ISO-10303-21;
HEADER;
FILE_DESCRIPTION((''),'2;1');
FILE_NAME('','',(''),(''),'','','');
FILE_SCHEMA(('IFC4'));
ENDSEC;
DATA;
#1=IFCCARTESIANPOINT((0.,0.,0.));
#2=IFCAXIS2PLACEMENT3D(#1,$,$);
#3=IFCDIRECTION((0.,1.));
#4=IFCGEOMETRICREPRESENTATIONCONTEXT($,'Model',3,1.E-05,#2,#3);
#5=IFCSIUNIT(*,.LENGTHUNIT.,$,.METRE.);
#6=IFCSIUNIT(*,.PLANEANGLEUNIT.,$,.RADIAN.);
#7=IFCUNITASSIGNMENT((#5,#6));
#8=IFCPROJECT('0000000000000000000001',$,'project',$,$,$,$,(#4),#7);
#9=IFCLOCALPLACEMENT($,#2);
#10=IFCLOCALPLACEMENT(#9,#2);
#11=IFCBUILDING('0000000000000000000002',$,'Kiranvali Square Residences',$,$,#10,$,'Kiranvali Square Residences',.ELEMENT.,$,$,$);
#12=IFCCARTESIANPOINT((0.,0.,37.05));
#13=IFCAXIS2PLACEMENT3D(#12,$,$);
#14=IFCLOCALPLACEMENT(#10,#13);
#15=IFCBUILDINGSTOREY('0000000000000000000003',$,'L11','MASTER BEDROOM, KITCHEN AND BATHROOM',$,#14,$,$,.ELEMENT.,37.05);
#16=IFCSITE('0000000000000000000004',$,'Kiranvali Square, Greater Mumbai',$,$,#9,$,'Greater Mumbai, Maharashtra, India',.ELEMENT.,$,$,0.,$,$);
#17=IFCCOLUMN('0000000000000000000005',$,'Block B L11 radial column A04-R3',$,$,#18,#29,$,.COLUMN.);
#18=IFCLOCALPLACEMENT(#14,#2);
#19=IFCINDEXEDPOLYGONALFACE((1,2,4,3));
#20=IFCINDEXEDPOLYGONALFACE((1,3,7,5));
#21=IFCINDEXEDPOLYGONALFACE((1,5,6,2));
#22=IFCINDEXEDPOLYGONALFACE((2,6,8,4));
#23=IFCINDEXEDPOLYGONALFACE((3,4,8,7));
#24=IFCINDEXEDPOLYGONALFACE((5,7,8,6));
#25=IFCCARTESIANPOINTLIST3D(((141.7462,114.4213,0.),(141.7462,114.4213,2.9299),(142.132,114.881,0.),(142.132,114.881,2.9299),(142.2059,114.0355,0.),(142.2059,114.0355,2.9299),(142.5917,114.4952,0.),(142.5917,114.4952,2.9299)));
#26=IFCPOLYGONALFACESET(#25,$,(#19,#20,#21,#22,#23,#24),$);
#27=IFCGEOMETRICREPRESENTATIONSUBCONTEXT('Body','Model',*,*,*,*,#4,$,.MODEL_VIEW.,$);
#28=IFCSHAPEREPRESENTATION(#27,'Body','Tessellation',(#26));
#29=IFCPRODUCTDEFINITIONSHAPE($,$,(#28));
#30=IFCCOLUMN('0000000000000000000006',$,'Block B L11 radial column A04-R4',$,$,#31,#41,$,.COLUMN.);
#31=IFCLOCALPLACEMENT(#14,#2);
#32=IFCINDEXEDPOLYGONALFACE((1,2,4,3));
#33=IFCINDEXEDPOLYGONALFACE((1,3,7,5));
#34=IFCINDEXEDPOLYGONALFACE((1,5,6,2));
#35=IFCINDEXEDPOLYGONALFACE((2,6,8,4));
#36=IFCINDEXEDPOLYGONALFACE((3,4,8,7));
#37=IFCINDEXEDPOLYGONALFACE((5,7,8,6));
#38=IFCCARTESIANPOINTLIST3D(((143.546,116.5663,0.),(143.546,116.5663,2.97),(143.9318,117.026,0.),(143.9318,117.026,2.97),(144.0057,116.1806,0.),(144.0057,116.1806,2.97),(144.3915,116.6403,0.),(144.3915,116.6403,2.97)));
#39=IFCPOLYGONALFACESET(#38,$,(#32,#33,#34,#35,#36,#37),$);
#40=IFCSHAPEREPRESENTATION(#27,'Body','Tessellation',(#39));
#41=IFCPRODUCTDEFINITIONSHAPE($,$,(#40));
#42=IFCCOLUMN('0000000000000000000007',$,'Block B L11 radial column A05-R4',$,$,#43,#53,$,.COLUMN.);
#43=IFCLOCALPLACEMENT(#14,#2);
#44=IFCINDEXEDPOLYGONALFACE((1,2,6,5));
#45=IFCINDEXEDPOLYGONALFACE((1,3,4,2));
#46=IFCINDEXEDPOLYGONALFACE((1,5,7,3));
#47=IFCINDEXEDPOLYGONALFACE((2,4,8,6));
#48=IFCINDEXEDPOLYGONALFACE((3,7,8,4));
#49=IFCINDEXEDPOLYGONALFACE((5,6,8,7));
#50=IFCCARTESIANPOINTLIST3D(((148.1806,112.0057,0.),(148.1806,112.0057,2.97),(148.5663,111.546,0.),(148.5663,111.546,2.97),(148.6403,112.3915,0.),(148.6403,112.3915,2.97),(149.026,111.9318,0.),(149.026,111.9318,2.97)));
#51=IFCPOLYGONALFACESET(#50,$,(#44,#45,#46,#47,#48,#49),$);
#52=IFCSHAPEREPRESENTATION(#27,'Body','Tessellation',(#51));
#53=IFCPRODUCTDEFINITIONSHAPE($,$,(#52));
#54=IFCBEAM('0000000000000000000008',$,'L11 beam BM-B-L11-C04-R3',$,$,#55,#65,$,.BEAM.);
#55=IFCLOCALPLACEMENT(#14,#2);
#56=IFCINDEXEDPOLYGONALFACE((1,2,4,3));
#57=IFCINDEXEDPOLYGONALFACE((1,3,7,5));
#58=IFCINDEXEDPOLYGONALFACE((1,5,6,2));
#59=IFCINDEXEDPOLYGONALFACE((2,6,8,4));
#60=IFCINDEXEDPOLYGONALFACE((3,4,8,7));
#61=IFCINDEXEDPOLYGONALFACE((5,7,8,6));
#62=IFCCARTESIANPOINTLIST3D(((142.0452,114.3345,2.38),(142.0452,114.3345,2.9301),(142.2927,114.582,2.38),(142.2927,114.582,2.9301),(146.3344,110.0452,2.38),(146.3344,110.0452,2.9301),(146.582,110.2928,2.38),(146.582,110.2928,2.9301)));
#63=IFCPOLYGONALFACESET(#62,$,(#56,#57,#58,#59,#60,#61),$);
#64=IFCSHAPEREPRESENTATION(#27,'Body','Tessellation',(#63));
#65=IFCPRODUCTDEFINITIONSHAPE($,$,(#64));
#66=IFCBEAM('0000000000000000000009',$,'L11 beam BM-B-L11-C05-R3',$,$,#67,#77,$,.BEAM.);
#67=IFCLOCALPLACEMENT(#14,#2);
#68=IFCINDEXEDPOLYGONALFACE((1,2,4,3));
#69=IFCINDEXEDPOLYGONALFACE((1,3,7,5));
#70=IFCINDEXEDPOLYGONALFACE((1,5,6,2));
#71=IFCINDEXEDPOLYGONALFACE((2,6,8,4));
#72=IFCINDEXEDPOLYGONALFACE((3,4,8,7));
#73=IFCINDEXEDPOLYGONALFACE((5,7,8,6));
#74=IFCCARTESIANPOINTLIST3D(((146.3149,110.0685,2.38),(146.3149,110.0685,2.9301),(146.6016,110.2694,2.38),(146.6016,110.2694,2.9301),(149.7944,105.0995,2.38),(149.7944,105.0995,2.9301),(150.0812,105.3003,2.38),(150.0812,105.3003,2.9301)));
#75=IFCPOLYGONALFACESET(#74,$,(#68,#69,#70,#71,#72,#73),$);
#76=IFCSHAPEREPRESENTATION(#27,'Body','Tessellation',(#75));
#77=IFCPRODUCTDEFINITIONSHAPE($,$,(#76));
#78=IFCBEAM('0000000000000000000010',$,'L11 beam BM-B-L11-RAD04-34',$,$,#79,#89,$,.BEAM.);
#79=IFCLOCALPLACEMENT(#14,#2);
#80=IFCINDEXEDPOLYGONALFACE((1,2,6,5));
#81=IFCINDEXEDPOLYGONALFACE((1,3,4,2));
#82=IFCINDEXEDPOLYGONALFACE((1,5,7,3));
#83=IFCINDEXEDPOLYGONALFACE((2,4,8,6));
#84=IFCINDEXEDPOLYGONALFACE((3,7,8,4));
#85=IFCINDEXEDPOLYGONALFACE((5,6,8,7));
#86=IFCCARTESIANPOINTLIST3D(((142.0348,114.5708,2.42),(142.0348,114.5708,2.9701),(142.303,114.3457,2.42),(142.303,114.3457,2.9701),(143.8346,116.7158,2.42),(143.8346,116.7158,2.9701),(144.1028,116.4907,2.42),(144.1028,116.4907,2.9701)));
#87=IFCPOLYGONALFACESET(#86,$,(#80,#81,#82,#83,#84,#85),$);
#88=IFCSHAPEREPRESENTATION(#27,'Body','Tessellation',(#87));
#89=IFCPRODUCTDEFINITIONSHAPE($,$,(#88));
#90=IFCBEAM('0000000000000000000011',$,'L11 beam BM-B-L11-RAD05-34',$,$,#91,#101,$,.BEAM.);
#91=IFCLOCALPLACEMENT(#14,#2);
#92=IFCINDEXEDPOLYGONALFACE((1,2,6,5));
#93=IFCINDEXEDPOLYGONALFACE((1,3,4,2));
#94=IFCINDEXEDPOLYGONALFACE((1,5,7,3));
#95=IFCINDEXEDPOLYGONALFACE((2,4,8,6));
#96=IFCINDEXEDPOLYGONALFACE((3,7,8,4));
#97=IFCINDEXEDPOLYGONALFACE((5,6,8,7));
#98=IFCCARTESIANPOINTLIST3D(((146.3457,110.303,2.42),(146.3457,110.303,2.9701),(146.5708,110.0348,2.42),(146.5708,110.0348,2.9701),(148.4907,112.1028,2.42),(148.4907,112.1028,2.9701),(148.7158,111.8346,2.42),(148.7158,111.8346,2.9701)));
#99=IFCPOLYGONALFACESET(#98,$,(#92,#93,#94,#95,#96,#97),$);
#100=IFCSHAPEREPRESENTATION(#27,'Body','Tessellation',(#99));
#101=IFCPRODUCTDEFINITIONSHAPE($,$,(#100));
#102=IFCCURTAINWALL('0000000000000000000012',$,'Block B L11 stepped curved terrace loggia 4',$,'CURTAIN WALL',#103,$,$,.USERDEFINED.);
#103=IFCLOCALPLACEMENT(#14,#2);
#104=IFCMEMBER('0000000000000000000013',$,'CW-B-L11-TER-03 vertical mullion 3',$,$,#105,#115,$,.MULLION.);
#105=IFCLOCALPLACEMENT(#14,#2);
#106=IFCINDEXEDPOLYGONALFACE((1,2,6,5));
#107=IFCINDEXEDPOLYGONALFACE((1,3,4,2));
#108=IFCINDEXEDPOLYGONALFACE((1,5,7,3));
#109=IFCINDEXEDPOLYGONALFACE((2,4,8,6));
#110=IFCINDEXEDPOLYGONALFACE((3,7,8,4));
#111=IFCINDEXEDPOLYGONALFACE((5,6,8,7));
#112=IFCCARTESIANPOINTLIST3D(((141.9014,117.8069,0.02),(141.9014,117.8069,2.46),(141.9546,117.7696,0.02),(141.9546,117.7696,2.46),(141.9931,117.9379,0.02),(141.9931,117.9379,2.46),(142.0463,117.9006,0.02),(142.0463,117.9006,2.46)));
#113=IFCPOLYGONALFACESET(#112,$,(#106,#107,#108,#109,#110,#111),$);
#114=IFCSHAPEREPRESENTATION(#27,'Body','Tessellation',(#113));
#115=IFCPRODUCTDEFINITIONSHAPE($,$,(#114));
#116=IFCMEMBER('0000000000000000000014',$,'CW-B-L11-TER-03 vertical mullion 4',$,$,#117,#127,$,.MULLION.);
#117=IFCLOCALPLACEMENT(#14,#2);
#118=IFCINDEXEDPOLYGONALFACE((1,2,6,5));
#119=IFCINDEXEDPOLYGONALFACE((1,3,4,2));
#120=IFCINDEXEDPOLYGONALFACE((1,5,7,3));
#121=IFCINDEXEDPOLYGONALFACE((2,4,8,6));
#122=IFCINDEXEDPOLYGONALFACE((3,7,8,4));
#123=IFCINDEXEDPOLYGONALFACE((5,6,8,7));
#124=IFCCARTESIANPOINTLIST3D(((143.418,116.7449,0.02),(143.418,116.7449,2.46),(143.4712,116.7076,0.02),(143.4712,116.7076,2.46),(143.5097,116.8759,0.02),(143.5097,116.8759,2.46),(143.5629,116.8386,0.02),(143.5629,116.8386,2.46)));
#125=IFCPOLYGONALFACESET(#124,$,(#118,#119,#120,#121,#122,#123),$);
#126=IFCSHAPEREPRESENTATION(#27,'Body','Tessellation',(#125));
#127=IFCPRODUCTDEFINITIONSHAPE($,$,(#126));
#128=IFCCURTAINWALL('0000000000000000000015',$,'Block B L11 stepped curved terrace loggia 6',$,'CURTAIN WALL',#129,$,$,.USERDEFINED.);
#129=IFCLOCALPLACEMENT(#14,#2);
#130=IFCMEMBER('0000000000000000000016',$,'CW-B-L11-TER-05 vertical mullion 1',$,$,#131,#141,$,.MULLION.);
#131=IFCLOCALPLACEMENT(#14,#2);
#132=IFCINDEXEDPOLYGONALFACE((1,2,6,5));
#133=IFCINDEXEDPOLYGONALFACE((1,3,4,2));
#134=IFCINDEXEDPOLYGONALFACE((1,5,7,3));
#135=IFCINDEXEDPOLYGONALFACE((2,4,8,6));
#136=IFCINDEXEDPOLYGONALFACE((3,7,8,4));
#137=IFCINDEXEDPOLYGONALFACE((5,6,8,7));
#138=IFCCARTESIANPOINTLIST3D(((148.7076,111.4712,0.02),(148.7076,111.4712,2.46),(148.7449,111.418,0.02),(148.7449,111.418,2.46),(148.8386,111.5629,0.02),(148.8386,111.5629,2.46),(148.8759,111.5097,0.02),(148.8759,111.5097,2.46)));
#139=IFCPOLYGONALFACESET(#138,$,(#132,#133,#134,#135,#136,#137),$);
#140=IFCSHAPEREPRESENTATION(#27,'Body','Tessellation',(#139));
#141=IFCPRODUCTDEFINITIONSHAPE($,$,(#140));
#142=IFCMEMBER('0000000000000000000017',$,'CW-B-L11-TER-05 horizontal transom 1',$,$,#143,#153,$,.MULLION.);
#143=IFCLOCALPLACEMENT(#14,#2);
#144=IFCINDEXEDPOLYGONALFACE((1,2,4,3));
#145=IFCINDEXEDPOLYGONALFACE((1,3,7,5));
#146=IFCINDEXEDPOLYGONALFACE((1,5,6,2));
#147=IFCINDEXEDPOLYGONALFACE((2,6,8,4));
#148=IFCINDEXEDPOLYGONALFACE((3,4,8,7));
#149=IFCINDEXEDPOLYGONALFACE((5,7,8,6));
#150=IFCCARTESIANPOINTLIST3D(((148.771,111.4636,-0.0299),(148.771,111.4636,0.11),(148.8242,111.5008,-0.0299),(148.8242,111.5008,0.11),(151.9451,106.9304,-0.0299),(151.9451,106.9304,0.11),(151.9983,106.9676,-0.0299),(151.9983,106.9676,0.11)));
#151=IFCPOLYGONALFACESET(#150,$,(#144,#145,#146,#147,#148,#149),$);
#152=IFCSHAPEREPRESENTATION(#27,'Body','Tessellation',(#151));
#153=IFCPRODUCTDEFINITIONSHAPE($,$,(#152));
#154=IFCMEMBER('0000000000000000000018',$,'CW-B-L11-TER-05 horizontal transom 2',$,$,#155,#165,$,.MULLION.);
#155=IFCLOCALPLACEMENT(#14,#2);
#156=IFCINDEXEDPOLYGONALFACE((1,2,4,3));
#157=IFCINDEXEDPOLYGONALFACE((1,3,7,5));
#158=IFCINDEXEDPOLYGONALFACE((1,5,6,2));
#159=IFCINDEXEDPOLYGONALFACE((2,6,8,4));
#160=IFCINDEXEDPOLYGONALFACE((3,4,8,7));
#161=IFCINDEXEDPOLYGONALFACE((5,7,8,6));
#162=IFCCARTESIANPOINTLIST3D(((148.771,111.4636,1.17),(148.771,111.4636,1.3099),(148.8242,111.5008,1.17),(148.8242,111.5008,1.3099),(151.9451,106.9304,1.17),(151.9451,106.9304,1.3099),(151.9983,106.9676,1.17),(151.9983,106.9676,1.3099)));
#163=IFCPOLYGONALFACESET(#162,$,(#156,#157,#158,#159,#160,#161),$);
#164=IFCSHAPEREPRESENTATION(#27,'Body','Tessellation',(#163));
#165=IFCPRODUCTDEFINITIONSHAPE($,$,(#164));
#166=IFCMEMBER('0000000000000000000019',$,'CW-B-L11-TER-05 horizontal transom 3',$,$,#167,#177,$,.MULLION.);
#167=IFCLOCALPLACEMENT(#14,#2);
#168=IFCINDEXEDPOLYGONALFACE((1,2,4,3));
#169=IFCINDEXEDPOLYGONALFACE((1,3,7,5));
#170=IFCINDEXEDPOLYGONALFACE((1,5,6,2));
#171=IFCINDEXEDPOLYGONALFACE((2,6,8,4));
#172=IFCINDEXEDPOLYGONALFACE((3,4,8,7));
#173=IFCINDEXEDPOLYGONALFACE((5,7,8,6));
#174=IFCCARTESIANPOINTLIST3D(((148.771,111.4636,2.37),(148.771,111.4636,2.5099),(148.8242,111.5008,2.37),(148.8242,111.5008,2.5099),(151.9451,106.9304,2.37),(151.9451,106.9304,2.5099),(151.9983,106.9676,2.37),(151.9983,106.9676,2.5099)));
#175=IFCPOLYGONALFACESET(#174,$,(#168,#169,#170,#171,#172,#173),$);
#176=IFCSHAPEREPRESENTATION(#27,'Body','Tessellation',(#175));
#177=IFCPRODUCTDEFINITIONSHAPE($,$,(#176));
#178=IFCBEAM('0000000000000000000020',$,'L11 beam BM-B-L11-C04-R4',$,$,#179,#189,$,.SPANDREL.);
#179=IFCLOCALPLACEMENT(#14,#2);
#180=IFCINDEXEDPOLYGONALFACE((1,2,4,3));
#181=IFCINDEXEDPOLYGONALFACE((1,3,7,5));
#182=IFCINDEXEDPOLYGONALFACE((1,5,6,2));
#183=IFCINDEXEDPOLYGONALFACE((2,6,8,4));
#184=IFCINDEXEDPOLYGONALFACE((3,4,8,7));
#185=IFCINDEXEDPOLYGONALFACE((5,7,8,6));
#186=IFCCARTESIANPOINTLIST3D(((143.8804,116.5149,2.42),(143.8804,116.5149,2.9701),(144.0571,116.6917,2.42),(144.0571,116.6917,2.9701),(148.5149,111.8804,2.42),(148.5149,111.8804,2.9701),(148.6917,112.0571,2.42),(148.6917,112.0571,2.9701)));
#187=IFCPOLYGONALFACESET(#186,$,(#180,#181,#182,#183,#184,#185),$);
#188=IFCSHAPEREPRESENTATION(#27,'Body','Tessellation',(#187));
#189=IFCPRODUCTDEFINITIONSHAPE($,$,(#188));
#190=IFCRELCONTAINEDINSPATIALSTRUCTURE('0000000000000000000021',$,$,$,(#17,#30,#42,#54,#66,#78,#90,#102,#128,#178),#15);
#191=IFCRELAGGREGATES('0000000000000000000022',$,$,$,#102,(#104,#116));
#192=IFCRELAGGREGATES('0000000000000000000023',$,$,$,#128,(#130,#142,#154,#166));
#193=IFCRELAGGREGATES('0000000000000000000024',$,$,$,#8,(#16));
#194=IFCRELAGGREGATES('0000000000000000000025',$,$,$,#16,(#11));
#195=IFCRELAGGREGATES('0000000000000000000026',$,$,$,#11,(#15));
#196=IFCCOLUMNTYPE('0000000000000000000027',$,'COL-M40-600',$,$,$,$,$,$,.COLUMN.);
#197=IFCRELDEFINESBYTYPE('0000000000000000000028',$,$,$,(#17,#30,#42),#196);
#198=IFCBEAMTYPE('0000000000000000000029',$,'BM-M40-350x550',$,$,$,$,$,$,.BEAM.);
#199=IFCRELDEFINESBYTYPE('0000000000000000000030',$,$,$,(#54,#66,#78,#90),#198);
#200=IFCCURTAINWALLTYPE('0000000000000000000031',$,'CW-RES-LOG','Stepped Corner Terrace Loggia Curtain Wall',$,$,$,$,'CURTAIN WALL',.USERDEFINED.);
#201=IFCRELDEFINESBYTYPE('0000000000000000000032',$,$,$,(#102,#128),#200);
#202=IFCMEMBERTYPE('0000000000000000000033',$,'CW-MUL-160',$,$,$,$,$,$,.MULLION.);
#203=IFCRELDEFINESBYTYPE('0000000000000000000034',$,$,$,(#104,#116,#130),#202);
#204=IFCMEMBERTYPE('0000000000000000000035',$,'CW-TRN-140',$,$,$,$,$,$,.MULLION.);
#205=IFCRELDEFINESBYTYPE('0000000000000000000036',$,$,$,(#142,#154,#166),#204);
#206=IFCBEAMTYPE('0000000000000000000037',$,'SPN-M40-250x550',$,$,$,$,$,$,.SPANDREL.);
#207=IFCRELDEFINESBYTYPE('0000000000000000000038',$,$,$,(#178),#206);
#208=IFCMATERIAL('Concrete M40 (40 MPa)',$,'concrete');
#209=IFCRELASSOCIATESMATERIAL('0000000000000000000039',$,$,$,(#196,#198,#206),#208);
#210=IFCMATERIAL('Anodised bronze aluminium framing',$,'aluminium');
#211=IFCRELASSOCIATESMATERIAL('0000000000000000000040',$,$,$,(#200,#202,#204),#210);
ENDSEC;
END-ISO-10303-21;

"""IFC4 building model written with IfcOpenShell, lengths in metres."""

from ifc_helpers import new_model, si_unit, direction, frame, origin, origin_2d, place, context, subcontext, project, spatial, rectangle, extrude, material, material_profile, profile_set, type_object, element, aggregate, save


model = new_model("IFC4")

# Units and contexts
model_context = context("Model", 3, precision=1e-05, world=origin(), true_north=direction((0.0, 1.0)))
body_context = subcontext(model_context, "Body", "Model", "MODEL_VIEW")
ifc_project = project(units=[si_unit("LENGTHUNIT", "METRE"), si_unit("PLANEANGLEUNIT", "RADIAN")], contexts=[model_context])

# Site, building, storey
site_placement = place(None, origin())
site = spatial("IfcSite", under=ifc_project, at=site_placement, Name="Kiranvali Square, Greater Mumbai", LongName="Greater Mumbai, Maharashtra, India", CompositionType="ELEMENT", RefElevation=0.0)
building_placement = place(site_placement, origin())
building = spatial("IfcBuilding", under=site, at=building_placement, Name="Kiranvali Square Residences", LongName="Kiranvali Square Residences", CompositionType="ELEMENT")
storey_placement = place(building_placement, frame((0.0, 0.0, 37.05)))
storey = spatial("IfcBuildingStorey", under=building, at=storey_placement, Name="L11", Description="MASTER BEDROOM, KITCHEN AND BATHROOM", CompositionType="ELEMENT", Elevation=37.05)

# Columns
ifc_material_1 = material(Name="Concrete M40 (40 MPa)", Category="concrete")
ifc_material_profile_1 = material_profile(ifc_material_1, rectangle(XDim=0.6001, YDim=0.6001, at=origin_2d()), Name="RC 600x600")
ifc_profile_set_1 = profile_set([ifc_material_profile_1], Name="Concrete M40 (40 MPa)")
column_type = type_object("IfcColumnType", Name="COL-M40-600", PredefinedType="COLUMN", material=ifc_profile_set_1)
column_placement = place(storey_placement, frame((142.1689, 114.4583, 0.0), z_axis=(0.0, 0.0, 1.0), x_axis=(-0.766044, 0.642788, 0.0)))
element("IfcColumn", 1, at=column_placement, inside=storey, type_object=column_type, Name="Block B L11 radial column A04-R3", PredefinedType="COLUMN", context=body_context, shape_type="SweptSolid", body=[
    extrude(rectangle(XDim=0.6001, YDim=0.6001, at=origin_2d()), origin(), (0.0, 0.0, 1.0), 2.9299),
])
for number, where, z_axis, x_axis, name in (
    (2, (143.9688, 116.6033, 0.0), (0.0, 0.0, 1.0), (-0.766044, 0.642788, 0.0), "Block B L11 radial column A04-R4"),
    (3, (148.6033, 111.9688, 0.0), (0.0, 0.0, 1.0), (-0.642788, 0.766044, 0.0), "Block B L11 radial column A05-R4"),
):
    element("IfcColumn", number, at=place(storey_placement, frame(where, z_axis=z_axis, x_axis=x_axis)), inside=storey, type_object=column_type, Name=name, PredefinedType="COLUMN", context=body_context, shape_type="SweptSolid", body=[
        extrude(rectangle(XDim=0.6001, YDim=0.6001, at=origin_2d()), origin(), (0.0, 0.0, 1.0), 2.97),
    ])

# Beams
ifc_material_profile_2 = material_profile(ifc_material_1, rectangle(XDim=0.3501, YDim=0.55, at=origin_2d()), Name="RC 350x550")
ifc_profile_set_2 = profile_set([ifc_material_profile_2], Name="Concrete M40 (40 MPa)")
beam_type_1 = type_object("IfcBeamType", Name="BM-M40-350x550", PredefinedType="BEAM", material=ifc_profile_set_2)
beam_1_placement = place(storey_placement, frame((142.1689, 114.4583, 2.655), z_axis=(0.707107, -0.707107, 0.0), x_axis=(0.707107, 0.707107, 0.0)))
element("IfcBeam", 4, at=beam_1_placement, inside=storey, type_object=beam_type_1, Name="L11 beam BM-B-L11-C04-R3", PredefinedType="BEAM", context=body_context, shape_type="SweptSolid", body=[
    extrude(rectangle(XDim=0.3501, YDim=0.55, at=origin_2d()), origin(), (0.0, 0.0, 1.0), 6.0659),
])
beam_2_placement = place(storey_placement, frame((146.4583, 110.1689, 2.655), z_axis=(0.573595, -0.819139, 0.0), x_axis=(0.819139, 0.573595, 0.0)))
element("IfcBeam", 5, at=beam_2_placement, inside=storey, type_object=beam_type_1, Name="L11 beam BM-B-L11-C05-R3", PredefinedType="BEAM", context=body_context, shape_type="SweptSolid", body=[
    extrude(rectangle(XDim=0.3501, YDim=0.55, at=origin_2d()), origin(), (0.0, 0.0, 1.0), 6.0662),
])
for number, where, z_axis, x_axis, name in (
    (6, (142.1689, 114.4583, 2.6951), (0.642771, 0.766059, 0.0), (-0.766059, 0.642771, 0.0), "L11 beam BM-B-L11-RAD04-34"),
    (7, (146.4583, 110.1689, 2.6951), (0.766059, 0.642771, 0.0), (-0.642771, 0.766059, 0.0), "L11 beam BM-B-L11-RAD05-34"),
):
    element("IfcBeam", number, at=place(storey_placement, frame(where, z_axis=z_axis, x_axis=x_axis)), inside=storey, type_object=beam_type_1, Name=name, PredefinedType="BEAM", context=body_context, shape_type="SweptSolid", body=[
        extrude(rectangle(XDim=0.3501, YDim=0.55, at=origin_2d()), origin(), (0.0, 0.0, 1.0), 2.8),
    ])

# Curtain walls, members
ifc_material_2 = material(Name="Anodised bronze aluminium framing", Category="aluminium")
curtain_wall_type = type_object("IfcCurtainWallType", Name="CW-RES-LOG", Description="Stepped Corner Terrace Loggia Curtain Wall", ElementType="CURTAIN WALL", PredefinedType="USERDEFINED", material=ifc_material_2)
curtain_wall_1_placement = place(storey_placement, origin())
curtain_wall_1 = element("IfcCurtainWall", 8, at=curtain_wall_1_placement, inside=storey, type_object=curtain_wall_type, Name="Block B L11 stepped curved terrace loggia 4", ObjectType="CURTAIN WALL", PredefinedType="USERDEFINED")
ifc_material_profile_3 = material_profile(ifc_material_2, rectangle(XDim=0.0649, YDim=0.1599, at=origin_2d()), Name="ALU 65x160")
ifc_profile_set_3 = profile_set([ifc_material_profile_3], Name="Anodised bronze aluminium framing")
member_type_1 = type_object("IfcMemberType", Name="CW-MUL-160", PredefinedType="MULLION", material=ifc_profile_set_3)
member_1_placement = place(storey_placement, frame((141.9739, 117.8538, 0.02), z_axis=(0.0, 0.0, 1.0), x_axis=(0.819152, -0.573576, 0.0)))
member_1 = element("IfcMember", 9, at=member_1_placement, type_object=member_type_1, Name="CW-B-L11-TER-03 vertical mullion 3", PredefinedType="MULLION", context=body_context, shape_type="SweptSolid", body=[
    extrude(rectangle(XDim=0.0649, YDim=0.1599, at=origin_2d()), origin(), (0.0, 0.0, 1.0), 2.4399),
])
member_2_placement = place(storey_placement, frame((143.4905, 116.7917, 0.02), z_axis=(0.0, 0.0, 1.0), x_axis=(0.819152, -0.573576, 0.0)))
member_2 = element("IfcMember", 10, at=member_2_placement, type_object=member_type_1, Name="CW-B-L11-TER-03 vertical mullion 4", PredefinedType="MULLION", context=body_context, shape_type="SweptSolid", body=[
    extrude(rectangle(XDim=0.0649, YDim=0.1599, at=origin_2d()), origin(), (0.0, 0.0, 1.0), 2.4399),
])
curtain_wall_2_placement = place(storey_placement, origin())
curtain_wall_2 = element("IfcCurtainWall", 11, at=curtain_wall_2_placement, inside=storey, type_object=curtain_wall_type, Name="Block B L11 stepped curved terrace loggia 6", ObjectType="CURTAIN WALL", PredefinedType="USERDEFINED")
member_3_placement = place(storey_placement, frame((148.7917, 111.4905, 0.02), z_axis=(0.0, 0.0, 1.0), x_axis=(0.573576, -0.819152, 0.0)))
member_3 = element("IfcMember", 12, at=member_3_placement, type_object=member_type_1, Name="CW-B-L11-TER-05 vertical mullion 1", PredefinedType="MULLION", context=body_context, shape_type="SweptSolid", body=[
    extrude(rectangle(XDim=0.0649, YDim=0.1599, at=origin_2d()), origin(), (0.0, 0.0, 1.0), 2.4399),
])
ifc_material_profile_4 = material_profile(ifc_material_2, rectangle(XDim=0.0649, YDim=0.1399, at=origin_2d()), Name="ALU 65x140")
ifc_profile_set_4 = profile_set([ifc_material_profile_4], Name="Anodised bronze aluminium framing")
member_type_2 = type_object("IfcMemberType", Name="CW-TRN-140", PredefinedType="MULLION", material=ifc_profile_set_4)
member_4_placement = place(storey_placement, frame((148.7976, 111.4822, 0.04), z_axis=(0.573563, -0.819161, 0.0), x_axis=(0.819161, 0.573563, 0.0)))
member_4 = element("IfcMember", 13, at=member_4_placement, type_object=member_type_2, Name="CW-B-L11-TER-05 horizontal transom 1", PredefinedType="MULLION", context=body_context, shape_type="SweptSolid", body=[
    extrude(rectangle(XDim=0.0649, YDim=0.1399, at=origin_2d()), origin(), (0.0, 0.0, 1.0), 5.5339),
])
member_5_placement = place(storey_placement, frame((148.7976, 111.4822, 1.24), z_axis=(0.573563, -0.819161, 0.0), x_axis=(0.819161, 0.573563, 0.0)))
member_5 = element("IfcMember", 14, at=member_5_placement, type_object=member_type_2, Name="CW-B-L11-TER-05 horizontal transom 2", PredefinedType="MULLION", context=body_context, shape_type="SweptSolid", body=[
    extrude(rectangle(XDim=0.0649, YDim=0.1399, at=origin_2d()), origin(), (0.0, 0.0, 1.0), 5.5339),
])
member_6_placement = place(storey_placement, frame((148.7976, 111.4822, 2.4399), z_axis=(0.573563, -0.819161, 0.0), x_axis=(0.819161, 0.573563, 0.0)))
member_6 = element("IfcMember", 15, at=member_6_placement, type_object=member_type_2, Name="CW-B-L11-TER-05 horizontal transom 3", PredefinedType="MULLION", context=body_context, shape_type="SweptSolid", body=[
    extrude(rectangle(XDim=0.0649, YDim=0.1399, at=origin_2d()), origin(), (0.0, 0.0, 1.0), 5.5339),
])

# Beam
ifc_material_profile_5 = material_profile(ifc_material_1, rectangle(XDim=0.25, YDim=0.55, at=origin_2d()), Name="RC 250x550")
ifc_profile_set_5 = profile_set([ifc_material_profile_5], Name="Concrete M40 (40 MPa)")
beam_type_2 = type_object("IfcBeamType", Name="SPN-M40-250x550", PredefinedType="SPANDREL", material=ifc_profile_set_5)
beam_3_placement = place(storey_placement, frame((143.9688, 116.6033, 2.6951), z_axis=(0.707107, -0.707107, 0.0), x_axis=(0.707107, 0.707107, 0.0)))
element("IfcBeam", 16, at=beam_3_placement, inside=storey, type_object=beam_type_2, Name="L11 beam BM-B-L11-C04-R4", PredefinedType="SPANDREL", context=body_context, shape_type="SweptSolid", body=[
    extrude(rectangle(XDim=0.25, YDim=0.55, at=origin_2d()), origin(), (0.0, 0.0, 1.0), 6.5542),
])

aggregate(curtain_wall_1, [member_1, member_2])
aggregate(curtain_wall_2, [member_3, member_4, member_5, member_6])

save(model, "model.ifc")
